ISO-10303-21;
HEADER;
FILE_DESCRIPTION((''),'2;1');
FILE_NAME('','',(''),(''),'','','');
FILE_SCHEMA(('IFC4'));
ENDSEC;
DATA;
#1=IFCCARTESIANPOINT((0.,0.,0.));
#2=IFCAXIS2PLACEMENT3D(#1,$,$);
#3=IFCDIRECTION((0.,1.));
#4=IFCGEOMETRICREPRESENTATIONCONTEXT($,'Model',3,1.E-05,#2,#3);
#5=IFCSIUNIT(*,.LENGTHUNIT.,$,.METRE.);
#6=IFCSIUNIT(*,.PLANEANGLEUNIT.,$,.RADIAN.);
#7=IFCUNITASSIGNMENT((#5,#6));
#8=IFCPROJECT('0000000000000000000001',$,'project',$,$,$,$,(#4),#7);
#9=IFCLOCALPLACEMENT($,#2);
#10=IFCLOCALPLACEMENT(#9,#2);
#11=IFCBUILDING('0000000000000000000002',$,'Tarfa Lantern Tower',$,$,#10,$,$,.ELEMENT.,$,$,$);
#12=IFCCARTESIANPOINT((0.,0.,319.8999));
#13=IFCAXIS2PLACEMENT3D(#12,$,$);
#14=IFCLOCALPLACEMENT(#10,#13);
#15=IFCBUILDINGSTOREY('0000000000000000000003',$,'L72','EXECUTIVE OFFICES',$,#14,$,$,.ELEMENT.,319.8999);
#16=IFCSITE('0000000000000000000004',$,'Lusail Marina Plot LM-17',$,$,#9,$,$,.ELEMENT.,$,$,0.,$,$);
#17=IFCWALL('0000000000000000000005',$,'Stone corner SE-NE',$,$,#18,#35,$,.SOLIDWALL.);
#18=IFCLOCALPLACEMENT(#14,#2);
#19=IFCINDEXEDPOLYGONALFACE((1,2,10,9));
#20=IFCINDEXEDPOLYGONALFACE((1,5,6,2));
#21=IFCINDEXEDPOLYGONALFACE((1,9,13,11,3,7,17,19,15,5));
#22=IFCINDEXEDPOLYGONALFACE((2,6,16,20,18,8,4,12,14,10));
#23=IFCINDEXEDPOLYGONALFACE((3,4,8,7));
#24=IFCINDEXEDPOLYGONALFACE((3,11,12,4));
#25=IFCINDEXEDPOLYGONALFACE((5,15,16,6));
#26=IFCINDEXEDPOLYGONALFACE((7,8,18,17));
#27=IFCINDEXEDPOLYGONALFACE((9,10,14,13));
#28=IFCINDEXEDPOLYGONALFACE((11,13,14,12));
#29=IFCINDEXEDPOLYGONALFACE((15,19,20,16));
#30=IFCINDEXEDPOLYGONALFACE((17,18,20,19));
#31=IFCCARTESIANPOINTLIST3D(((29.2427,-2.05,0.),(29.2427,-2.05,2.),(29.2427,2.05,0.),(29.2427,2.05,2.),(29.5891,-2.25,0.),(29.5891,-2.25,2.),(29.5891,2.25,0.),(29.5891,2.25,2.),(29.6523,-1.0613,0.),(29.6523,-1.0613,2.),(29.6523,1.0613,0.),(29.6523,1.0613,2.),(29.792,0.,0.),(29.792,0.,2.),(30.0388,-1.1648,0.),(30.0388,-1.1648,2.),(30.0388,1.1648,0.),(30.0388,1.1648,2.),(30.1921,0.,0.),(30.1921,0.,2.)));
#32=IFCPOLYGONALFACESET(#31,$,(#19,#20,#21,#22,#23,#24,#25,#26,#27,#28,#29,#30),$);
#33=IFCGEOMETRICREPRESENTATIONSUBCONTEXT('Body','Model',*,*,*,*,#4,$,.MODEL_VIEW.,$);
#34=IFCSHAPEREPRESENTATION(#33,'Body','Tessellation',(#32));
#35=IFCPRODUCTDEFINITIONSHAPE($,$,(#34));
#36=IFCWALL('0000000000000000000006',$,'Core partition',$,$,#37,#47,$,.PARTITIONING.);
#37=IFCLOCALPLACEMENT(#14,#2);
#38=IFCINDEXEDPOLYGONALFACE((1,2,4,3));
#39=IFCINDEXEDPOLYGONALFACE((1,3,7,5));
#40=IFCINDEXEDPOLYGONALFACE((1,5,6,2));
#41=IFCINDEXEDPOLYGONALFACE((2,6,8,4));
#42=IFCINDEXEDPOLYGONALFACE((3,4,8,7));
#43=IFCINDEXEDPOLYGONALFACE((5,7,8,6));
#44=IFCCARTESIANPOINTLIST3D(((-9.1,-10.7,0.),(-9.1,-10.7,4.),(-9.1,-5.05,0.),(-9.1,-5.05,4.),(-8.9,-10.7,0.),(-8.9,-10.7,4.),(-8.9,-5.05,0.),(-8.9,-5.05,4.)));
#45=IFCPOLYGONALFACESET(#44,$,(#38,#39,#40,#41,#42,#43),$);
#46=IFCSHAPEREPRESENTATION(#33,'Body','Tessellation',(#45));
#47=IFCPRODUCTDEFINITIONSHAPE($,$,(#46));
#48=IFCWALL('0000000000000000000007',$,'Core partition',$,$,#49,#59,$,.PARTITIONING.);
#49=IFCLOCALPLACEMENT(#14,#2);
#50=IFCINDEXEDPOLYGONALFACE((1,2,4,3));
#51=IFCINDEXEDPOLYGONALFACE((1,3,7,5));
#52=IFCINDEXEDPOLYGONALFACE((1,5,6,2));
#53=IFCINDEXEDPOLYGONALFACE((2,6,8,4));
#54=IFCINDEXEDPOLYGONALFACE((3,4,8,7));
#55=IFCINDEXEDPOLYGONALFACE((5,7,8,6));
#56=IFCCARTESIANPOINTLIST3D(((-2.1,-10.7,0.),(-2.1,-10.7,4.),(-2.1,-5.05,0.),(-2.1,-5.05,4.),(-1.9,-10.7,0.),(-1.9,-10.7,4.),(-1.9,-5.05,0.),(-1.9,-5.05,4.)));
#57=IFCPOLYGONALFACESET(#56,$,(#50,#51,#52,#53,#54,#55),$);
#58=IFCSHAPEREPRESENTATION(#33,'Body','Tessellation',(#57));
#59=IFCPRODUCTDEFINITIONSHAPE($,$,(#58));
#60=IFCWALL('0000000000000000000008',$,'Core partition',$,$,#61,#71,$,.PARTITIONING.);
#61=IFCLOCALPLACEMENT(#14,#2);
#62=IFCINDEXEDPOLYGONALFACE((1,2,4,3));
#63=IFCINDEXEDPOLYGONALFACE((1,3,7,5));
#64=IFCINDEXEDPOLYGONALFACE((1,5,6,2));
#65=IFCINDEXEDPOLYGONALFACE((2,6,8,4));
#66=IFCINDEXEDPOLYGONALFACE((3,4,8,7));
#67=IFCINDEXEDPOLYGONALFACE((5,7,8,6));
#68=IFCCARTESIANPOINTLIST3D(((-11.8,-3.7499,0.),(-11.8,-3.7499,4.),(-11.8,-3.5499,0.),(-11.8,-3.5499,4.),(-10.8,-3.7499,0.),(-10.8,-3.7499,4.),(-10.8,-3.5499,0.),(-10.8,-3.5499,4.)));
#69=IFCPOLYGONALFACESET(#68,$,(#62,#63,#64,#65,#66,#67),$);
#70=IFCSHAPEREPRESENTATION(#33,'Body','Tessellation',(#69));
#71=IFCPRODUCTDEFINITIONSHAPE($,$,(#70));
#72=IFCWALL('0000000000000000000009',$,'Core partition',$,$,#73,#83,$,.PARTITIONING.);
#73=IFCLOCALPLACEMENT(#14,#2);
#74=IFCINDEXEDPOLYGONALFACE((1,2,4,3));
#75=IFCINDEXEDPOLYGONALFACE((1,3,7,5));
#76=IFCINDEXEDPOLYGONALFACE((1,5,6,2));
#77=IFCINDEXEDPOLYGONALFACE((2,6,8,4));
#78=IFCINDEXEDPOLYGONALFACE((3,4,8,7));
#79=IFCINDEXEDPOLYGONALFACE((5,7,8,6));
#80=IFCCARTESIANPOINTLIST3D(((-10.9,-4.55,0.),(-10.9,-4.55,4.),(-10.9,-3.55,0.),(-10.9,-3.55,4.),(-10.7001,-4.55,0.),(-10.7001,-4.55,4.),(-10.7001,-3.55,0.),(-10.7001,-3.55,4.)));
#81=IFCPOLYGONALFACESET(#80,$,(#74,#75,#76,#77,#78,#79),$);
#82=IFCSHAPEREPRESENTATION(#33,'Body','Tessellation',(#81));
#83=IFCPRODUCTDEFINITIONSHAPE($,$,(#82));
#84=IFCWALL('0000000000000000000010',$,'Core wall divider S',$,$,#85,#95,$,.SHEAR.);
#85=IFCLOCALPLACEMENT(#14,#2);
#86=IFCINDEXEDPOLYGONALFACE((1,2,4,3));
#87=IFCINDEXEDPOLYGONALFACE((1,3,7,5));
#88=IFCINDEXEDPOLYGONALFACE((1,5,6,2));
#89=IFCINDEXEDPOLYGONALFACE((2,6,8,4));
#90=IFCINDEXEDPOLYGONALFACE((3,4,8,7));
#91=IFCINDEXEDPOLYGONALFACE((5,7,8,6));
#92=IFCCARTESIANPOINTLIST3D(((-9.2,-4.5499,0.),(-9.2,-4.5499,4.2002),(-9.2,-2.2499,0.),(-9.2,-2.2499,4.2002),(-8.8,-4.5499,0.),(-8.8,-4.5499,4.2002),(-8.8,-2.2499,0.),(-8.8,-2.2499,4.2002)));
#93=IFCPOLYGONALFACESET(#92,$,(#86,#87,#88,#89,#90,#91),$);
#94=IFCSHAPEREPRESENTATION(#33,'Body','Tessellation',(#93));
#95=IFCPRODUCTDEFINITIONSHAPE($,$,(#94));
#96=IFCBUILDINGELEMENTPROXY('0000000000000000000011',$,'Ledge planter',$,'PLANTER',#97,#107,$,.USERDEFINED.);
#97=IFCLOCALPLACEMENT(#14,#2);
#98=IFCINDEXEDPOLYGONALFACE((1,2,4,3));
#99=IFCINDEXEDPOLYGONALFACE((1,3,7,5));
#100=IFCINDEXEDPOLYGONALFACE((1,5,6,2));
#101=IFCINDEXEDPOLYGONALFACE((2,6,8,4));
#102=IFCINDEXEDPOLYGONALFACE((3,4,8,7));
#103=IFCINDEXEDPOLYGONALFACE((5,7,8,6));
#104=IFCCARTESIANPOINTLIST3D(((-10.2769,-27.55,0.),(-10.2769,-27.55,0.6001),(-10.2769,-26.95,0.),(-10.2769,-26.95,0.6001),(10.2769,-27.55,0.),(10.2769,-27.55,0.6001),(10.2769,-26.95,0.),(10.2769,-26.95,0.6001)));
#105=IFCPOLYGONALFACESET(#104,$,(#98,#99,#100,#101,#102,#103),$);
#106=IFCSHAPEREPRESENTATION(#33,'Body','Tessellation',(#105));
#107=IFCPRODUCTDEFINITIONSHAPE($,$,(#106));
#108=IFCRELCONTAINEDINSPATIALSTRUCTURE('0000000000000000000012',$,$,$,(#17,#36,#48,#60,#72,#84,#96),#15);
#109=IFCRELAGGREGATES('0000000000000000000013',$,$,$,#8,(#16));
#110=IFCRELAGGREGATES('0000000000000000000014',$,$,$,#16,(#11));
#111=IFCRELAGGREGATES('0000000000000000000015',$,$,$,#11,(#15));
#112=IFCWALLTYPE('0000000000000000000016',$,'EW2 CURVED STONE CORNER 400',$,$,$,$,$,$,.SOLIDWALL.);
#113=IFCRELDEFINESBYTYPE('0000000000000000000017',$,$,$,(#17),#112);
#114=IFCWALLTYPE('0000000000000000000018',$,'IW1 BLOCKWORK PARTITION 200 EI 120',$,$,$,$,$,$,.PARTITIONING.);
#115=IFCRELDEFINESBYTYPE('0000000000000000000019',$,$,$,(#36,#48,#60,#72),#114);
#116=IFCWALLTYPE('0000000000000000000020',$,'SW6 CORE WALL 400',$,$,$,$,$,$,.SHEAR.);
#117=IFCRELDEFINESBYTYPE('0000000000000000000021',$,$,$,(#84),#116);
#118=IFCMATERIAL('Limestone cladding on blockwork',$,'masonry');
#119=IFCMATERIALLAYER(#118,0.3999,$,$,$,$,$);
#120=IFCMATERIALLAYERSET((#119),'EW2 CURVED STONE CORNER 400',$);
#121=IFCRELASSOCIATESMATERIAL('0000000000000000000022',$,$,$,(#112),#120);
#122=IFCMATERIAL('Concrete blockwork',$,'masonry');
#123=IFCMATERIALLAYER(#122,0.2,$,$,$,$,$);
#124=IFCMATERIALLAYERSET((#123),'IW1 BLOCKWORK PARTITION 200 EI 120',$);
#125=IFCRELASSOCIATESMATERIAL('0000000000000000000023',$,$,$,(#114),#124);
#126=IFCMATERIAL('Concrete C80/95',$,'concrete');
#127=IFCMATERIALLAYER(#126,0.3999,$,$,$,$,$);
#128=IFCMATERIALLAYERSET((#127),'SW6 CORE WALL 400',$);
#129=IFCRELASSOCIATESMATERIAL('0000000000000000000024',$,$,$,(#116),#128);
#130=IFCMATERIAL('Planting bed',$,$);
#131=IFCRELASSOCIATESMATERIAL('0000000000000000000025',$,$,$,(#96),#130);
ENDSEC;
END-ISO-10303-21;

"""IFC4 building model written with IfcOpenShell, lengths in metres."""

from ifc_helpers import new_model, si_unit, direction, frame, frame_2d, origin, origin_2d, place, context, subcontext, project, spatial, polyline, rectangle, outline, extrude, material, layer, layer_set, type_object, element, save


model = new_model("IFC4")

# Units and contexts
model_context = context("Model", 3, precision=1e-05, world=origin(), true_north=direction((0.0, 1.0)))
body_context = subcontext(model_context, "Body", "Model", "MODEL_VIEW")
ifc_project = project(units=[si_unit("LENGTHUNIT", "METRE"), si_unit("PLANEANGLEUNIT", "RADIAN")], contexts=[model_context])

# Site, building, storey
site_placement = place(None, origin())
site = spatial("IfcSite", under=ifc_project, at=site_placement, Name="Lusail Marina Plot LM-17", CompositionType="ELEMENT", RefElevation=0.0)
building_placement = place(site_placement, origin())
building = spatial("IfcBuilding", under=site, at=building_placement, Name="Tarfa Lantern Tower", CompositionType="ELEMENT")
storey_placement = place(building_placement, frame((0.0, 0.0, 319.8999)))
storey = spatial("IfcBuildingStorey", under=building, at=storey_placement, Name="L72", Description="EXECUTIVE OFFICES", CompositionType="ELEMENT", Elevation=319.8999)

# Shared definitions
ifc_material_1 = material(Name="Concrete C80/95", Category="concrete")

# Walls
ifc_material_2 = material(Name="Limestone cladding on blockwork", Category="masonry")
ifc_layer_1 = layer(ifc_material_2, 0.3999)
ifc_layer_set_1 = layer_set([ifc_layer_1], Name="EW2 CURVED STONE CORNER 400")
wall_type_1 = type_object("IfcWallType", Name="EW2 CURVED STONE CORNER 400", PredefinedType="SOLIDWALL", material=ifc_layer_set_1)
wall_1_placement = place(storey_placement, origin())
element("IfcWall", 1, at=wall_1_placement, inside=storey, type_object=wall_type_1, Name="Stone corner SE-NE", PredefinedType="SOLIDWALL", context=body_context, shape_type="SweptSolid", body=[
    extrude(outline(polyline([(29.5891, -2.25), (30.0388, -1.1648), (30.1921, 0.0), (30.0388, 1.1648), (29.5891, 2.25), (29.2427, 2.05), (29.6523, 1.0613), (29.792, 0.0), (29.6523, -1.0613), (29.2427, -2.05), (29.5891, -2.25)])), origin(), (0.0, 0.0, 1.0), 2.0),
])
ifc_material_3 = material(Name="Concrete blockwork", Category="masonry")
ifc_layer_2 = layer(ifc_material_3, 0.2)
ifc_layer_set_2 = layer_set([ifc_layer_2], Name="IW1 BLOCKWORK PARTITION 200 EI 120")
wall_type_2 = type_object("IfcWallType", Name="IW1 BLOCKWORK PARTITION 200 EI 120", PredefinedType="PARTITIONING", material=ifc_layer_set_2)
for number, where, z_axis, x_axis, name in (
    (2, (-9.0, -5.05, 0.0), (0.0, 0.0, 1.0), (0.0, -1.0, 0.0), "Core partition"),
    (3, (-2.0, -5.05, 0.0), (0.0, 0.0, 1.0), (0.0, -1.0, 0.0), "Core partition"),
):
    element("IfcWall", number, at=place(storey_placement, frame(where, z_axis=z_axis, x_axis=x_axis)), inside=storey, type_object=wall_type_2, Name=name, PredefinedType="PARTITIONING", context=body_context, shape_type="SweptSolid", body=[
        extrude(rectangle(XDim=5.6499, YDim=0.2, at=frame_2d((2.825, 0.0))), origin(), (0.0, 0.0, 1.0), 4.0),
    ])
for number, where, z_axis, x_axis, name in (
    (4, (-10.8, -3.6499, 0.0), (0.0, 0.0, 1.0), (-1.0, 0.0, 0.0), "Core partition"),
    (5, (-10.8, -3.55, 0.0), (0.0, 0.0, 1.0), (0.0, -1.0, 0.0), "Core partition"),
):
    element("IfcWall", number, at=place(storey_placement, frame(where, z_axis=z_axis, x_axis=x_axis)), inside=storey, type_object=wall_type_2, Name=name, PredefinedType="PARTITIONING", context=body_context, shape_type="SweptSolid", body=[
        extrude(rectangle(XDim=1.0, YDim=0.2, at=frame_2d((0.5, 0.0))), origin(), (0.0, 0.0, 1.0), 4.0),
    ])
ifc_layer_3 = layer(ifc_material_1, 0.3999)
ifc_layer_set_3 = layer_set([ifc_layer_3], Name="SW6 CORE WALL 400")
wall_type_3 = type_object("IfcWallType", Name="SW6 CORE WALL 400", PredefinedType="SHEAR", material=ifc_layer_set_3)
wall_2_placement = place(storey_placement, frame((-9.0, -2.25, 0.0), z_axis=(0.0, 0.0, 1.0), x_axis=(0.0, -1.0, 0.0)))
element("IfcWall", 6, at=wall_2_placement, inside=storey, type_object=wall_type_3, Name="Core wall divider S", PredefinedType="SHEAR", context=body_context, shape_type="SweptSolid", body=[
    extrude(rectangle(XDim=2.3, YDim=0.3999, at=frame_2d((1.1499, 0.0))), origin(), (0.0, 0.0, 1.0), 4.2002),
])

# Building element proxy
ifc_material_4 = material(Name="Planting bed")
proxy_placement = place(storey_placement, frame((0.0, -27.25, 0.0), z_axis=(0.0, 0.0, 1.0), x_axis=(1.0, 0.0, 0.0)))
element("IfcBuildingElementProxy", 7, at=proxy_placement, inside=storey, material=ifc_material_4, Name="Ledge planter", ObjectType="PLANTER", PredefinedType="USERDEFINED", context=body_context, shape_type="SweptSolid", body=[
    extrude(rectangle(XDim=20.5537, YDim=0.6001, at=origin_2d()), origin(), (0.0, 0.0, 1.0), 0.6001),
])

save(model, "model.ifc")
